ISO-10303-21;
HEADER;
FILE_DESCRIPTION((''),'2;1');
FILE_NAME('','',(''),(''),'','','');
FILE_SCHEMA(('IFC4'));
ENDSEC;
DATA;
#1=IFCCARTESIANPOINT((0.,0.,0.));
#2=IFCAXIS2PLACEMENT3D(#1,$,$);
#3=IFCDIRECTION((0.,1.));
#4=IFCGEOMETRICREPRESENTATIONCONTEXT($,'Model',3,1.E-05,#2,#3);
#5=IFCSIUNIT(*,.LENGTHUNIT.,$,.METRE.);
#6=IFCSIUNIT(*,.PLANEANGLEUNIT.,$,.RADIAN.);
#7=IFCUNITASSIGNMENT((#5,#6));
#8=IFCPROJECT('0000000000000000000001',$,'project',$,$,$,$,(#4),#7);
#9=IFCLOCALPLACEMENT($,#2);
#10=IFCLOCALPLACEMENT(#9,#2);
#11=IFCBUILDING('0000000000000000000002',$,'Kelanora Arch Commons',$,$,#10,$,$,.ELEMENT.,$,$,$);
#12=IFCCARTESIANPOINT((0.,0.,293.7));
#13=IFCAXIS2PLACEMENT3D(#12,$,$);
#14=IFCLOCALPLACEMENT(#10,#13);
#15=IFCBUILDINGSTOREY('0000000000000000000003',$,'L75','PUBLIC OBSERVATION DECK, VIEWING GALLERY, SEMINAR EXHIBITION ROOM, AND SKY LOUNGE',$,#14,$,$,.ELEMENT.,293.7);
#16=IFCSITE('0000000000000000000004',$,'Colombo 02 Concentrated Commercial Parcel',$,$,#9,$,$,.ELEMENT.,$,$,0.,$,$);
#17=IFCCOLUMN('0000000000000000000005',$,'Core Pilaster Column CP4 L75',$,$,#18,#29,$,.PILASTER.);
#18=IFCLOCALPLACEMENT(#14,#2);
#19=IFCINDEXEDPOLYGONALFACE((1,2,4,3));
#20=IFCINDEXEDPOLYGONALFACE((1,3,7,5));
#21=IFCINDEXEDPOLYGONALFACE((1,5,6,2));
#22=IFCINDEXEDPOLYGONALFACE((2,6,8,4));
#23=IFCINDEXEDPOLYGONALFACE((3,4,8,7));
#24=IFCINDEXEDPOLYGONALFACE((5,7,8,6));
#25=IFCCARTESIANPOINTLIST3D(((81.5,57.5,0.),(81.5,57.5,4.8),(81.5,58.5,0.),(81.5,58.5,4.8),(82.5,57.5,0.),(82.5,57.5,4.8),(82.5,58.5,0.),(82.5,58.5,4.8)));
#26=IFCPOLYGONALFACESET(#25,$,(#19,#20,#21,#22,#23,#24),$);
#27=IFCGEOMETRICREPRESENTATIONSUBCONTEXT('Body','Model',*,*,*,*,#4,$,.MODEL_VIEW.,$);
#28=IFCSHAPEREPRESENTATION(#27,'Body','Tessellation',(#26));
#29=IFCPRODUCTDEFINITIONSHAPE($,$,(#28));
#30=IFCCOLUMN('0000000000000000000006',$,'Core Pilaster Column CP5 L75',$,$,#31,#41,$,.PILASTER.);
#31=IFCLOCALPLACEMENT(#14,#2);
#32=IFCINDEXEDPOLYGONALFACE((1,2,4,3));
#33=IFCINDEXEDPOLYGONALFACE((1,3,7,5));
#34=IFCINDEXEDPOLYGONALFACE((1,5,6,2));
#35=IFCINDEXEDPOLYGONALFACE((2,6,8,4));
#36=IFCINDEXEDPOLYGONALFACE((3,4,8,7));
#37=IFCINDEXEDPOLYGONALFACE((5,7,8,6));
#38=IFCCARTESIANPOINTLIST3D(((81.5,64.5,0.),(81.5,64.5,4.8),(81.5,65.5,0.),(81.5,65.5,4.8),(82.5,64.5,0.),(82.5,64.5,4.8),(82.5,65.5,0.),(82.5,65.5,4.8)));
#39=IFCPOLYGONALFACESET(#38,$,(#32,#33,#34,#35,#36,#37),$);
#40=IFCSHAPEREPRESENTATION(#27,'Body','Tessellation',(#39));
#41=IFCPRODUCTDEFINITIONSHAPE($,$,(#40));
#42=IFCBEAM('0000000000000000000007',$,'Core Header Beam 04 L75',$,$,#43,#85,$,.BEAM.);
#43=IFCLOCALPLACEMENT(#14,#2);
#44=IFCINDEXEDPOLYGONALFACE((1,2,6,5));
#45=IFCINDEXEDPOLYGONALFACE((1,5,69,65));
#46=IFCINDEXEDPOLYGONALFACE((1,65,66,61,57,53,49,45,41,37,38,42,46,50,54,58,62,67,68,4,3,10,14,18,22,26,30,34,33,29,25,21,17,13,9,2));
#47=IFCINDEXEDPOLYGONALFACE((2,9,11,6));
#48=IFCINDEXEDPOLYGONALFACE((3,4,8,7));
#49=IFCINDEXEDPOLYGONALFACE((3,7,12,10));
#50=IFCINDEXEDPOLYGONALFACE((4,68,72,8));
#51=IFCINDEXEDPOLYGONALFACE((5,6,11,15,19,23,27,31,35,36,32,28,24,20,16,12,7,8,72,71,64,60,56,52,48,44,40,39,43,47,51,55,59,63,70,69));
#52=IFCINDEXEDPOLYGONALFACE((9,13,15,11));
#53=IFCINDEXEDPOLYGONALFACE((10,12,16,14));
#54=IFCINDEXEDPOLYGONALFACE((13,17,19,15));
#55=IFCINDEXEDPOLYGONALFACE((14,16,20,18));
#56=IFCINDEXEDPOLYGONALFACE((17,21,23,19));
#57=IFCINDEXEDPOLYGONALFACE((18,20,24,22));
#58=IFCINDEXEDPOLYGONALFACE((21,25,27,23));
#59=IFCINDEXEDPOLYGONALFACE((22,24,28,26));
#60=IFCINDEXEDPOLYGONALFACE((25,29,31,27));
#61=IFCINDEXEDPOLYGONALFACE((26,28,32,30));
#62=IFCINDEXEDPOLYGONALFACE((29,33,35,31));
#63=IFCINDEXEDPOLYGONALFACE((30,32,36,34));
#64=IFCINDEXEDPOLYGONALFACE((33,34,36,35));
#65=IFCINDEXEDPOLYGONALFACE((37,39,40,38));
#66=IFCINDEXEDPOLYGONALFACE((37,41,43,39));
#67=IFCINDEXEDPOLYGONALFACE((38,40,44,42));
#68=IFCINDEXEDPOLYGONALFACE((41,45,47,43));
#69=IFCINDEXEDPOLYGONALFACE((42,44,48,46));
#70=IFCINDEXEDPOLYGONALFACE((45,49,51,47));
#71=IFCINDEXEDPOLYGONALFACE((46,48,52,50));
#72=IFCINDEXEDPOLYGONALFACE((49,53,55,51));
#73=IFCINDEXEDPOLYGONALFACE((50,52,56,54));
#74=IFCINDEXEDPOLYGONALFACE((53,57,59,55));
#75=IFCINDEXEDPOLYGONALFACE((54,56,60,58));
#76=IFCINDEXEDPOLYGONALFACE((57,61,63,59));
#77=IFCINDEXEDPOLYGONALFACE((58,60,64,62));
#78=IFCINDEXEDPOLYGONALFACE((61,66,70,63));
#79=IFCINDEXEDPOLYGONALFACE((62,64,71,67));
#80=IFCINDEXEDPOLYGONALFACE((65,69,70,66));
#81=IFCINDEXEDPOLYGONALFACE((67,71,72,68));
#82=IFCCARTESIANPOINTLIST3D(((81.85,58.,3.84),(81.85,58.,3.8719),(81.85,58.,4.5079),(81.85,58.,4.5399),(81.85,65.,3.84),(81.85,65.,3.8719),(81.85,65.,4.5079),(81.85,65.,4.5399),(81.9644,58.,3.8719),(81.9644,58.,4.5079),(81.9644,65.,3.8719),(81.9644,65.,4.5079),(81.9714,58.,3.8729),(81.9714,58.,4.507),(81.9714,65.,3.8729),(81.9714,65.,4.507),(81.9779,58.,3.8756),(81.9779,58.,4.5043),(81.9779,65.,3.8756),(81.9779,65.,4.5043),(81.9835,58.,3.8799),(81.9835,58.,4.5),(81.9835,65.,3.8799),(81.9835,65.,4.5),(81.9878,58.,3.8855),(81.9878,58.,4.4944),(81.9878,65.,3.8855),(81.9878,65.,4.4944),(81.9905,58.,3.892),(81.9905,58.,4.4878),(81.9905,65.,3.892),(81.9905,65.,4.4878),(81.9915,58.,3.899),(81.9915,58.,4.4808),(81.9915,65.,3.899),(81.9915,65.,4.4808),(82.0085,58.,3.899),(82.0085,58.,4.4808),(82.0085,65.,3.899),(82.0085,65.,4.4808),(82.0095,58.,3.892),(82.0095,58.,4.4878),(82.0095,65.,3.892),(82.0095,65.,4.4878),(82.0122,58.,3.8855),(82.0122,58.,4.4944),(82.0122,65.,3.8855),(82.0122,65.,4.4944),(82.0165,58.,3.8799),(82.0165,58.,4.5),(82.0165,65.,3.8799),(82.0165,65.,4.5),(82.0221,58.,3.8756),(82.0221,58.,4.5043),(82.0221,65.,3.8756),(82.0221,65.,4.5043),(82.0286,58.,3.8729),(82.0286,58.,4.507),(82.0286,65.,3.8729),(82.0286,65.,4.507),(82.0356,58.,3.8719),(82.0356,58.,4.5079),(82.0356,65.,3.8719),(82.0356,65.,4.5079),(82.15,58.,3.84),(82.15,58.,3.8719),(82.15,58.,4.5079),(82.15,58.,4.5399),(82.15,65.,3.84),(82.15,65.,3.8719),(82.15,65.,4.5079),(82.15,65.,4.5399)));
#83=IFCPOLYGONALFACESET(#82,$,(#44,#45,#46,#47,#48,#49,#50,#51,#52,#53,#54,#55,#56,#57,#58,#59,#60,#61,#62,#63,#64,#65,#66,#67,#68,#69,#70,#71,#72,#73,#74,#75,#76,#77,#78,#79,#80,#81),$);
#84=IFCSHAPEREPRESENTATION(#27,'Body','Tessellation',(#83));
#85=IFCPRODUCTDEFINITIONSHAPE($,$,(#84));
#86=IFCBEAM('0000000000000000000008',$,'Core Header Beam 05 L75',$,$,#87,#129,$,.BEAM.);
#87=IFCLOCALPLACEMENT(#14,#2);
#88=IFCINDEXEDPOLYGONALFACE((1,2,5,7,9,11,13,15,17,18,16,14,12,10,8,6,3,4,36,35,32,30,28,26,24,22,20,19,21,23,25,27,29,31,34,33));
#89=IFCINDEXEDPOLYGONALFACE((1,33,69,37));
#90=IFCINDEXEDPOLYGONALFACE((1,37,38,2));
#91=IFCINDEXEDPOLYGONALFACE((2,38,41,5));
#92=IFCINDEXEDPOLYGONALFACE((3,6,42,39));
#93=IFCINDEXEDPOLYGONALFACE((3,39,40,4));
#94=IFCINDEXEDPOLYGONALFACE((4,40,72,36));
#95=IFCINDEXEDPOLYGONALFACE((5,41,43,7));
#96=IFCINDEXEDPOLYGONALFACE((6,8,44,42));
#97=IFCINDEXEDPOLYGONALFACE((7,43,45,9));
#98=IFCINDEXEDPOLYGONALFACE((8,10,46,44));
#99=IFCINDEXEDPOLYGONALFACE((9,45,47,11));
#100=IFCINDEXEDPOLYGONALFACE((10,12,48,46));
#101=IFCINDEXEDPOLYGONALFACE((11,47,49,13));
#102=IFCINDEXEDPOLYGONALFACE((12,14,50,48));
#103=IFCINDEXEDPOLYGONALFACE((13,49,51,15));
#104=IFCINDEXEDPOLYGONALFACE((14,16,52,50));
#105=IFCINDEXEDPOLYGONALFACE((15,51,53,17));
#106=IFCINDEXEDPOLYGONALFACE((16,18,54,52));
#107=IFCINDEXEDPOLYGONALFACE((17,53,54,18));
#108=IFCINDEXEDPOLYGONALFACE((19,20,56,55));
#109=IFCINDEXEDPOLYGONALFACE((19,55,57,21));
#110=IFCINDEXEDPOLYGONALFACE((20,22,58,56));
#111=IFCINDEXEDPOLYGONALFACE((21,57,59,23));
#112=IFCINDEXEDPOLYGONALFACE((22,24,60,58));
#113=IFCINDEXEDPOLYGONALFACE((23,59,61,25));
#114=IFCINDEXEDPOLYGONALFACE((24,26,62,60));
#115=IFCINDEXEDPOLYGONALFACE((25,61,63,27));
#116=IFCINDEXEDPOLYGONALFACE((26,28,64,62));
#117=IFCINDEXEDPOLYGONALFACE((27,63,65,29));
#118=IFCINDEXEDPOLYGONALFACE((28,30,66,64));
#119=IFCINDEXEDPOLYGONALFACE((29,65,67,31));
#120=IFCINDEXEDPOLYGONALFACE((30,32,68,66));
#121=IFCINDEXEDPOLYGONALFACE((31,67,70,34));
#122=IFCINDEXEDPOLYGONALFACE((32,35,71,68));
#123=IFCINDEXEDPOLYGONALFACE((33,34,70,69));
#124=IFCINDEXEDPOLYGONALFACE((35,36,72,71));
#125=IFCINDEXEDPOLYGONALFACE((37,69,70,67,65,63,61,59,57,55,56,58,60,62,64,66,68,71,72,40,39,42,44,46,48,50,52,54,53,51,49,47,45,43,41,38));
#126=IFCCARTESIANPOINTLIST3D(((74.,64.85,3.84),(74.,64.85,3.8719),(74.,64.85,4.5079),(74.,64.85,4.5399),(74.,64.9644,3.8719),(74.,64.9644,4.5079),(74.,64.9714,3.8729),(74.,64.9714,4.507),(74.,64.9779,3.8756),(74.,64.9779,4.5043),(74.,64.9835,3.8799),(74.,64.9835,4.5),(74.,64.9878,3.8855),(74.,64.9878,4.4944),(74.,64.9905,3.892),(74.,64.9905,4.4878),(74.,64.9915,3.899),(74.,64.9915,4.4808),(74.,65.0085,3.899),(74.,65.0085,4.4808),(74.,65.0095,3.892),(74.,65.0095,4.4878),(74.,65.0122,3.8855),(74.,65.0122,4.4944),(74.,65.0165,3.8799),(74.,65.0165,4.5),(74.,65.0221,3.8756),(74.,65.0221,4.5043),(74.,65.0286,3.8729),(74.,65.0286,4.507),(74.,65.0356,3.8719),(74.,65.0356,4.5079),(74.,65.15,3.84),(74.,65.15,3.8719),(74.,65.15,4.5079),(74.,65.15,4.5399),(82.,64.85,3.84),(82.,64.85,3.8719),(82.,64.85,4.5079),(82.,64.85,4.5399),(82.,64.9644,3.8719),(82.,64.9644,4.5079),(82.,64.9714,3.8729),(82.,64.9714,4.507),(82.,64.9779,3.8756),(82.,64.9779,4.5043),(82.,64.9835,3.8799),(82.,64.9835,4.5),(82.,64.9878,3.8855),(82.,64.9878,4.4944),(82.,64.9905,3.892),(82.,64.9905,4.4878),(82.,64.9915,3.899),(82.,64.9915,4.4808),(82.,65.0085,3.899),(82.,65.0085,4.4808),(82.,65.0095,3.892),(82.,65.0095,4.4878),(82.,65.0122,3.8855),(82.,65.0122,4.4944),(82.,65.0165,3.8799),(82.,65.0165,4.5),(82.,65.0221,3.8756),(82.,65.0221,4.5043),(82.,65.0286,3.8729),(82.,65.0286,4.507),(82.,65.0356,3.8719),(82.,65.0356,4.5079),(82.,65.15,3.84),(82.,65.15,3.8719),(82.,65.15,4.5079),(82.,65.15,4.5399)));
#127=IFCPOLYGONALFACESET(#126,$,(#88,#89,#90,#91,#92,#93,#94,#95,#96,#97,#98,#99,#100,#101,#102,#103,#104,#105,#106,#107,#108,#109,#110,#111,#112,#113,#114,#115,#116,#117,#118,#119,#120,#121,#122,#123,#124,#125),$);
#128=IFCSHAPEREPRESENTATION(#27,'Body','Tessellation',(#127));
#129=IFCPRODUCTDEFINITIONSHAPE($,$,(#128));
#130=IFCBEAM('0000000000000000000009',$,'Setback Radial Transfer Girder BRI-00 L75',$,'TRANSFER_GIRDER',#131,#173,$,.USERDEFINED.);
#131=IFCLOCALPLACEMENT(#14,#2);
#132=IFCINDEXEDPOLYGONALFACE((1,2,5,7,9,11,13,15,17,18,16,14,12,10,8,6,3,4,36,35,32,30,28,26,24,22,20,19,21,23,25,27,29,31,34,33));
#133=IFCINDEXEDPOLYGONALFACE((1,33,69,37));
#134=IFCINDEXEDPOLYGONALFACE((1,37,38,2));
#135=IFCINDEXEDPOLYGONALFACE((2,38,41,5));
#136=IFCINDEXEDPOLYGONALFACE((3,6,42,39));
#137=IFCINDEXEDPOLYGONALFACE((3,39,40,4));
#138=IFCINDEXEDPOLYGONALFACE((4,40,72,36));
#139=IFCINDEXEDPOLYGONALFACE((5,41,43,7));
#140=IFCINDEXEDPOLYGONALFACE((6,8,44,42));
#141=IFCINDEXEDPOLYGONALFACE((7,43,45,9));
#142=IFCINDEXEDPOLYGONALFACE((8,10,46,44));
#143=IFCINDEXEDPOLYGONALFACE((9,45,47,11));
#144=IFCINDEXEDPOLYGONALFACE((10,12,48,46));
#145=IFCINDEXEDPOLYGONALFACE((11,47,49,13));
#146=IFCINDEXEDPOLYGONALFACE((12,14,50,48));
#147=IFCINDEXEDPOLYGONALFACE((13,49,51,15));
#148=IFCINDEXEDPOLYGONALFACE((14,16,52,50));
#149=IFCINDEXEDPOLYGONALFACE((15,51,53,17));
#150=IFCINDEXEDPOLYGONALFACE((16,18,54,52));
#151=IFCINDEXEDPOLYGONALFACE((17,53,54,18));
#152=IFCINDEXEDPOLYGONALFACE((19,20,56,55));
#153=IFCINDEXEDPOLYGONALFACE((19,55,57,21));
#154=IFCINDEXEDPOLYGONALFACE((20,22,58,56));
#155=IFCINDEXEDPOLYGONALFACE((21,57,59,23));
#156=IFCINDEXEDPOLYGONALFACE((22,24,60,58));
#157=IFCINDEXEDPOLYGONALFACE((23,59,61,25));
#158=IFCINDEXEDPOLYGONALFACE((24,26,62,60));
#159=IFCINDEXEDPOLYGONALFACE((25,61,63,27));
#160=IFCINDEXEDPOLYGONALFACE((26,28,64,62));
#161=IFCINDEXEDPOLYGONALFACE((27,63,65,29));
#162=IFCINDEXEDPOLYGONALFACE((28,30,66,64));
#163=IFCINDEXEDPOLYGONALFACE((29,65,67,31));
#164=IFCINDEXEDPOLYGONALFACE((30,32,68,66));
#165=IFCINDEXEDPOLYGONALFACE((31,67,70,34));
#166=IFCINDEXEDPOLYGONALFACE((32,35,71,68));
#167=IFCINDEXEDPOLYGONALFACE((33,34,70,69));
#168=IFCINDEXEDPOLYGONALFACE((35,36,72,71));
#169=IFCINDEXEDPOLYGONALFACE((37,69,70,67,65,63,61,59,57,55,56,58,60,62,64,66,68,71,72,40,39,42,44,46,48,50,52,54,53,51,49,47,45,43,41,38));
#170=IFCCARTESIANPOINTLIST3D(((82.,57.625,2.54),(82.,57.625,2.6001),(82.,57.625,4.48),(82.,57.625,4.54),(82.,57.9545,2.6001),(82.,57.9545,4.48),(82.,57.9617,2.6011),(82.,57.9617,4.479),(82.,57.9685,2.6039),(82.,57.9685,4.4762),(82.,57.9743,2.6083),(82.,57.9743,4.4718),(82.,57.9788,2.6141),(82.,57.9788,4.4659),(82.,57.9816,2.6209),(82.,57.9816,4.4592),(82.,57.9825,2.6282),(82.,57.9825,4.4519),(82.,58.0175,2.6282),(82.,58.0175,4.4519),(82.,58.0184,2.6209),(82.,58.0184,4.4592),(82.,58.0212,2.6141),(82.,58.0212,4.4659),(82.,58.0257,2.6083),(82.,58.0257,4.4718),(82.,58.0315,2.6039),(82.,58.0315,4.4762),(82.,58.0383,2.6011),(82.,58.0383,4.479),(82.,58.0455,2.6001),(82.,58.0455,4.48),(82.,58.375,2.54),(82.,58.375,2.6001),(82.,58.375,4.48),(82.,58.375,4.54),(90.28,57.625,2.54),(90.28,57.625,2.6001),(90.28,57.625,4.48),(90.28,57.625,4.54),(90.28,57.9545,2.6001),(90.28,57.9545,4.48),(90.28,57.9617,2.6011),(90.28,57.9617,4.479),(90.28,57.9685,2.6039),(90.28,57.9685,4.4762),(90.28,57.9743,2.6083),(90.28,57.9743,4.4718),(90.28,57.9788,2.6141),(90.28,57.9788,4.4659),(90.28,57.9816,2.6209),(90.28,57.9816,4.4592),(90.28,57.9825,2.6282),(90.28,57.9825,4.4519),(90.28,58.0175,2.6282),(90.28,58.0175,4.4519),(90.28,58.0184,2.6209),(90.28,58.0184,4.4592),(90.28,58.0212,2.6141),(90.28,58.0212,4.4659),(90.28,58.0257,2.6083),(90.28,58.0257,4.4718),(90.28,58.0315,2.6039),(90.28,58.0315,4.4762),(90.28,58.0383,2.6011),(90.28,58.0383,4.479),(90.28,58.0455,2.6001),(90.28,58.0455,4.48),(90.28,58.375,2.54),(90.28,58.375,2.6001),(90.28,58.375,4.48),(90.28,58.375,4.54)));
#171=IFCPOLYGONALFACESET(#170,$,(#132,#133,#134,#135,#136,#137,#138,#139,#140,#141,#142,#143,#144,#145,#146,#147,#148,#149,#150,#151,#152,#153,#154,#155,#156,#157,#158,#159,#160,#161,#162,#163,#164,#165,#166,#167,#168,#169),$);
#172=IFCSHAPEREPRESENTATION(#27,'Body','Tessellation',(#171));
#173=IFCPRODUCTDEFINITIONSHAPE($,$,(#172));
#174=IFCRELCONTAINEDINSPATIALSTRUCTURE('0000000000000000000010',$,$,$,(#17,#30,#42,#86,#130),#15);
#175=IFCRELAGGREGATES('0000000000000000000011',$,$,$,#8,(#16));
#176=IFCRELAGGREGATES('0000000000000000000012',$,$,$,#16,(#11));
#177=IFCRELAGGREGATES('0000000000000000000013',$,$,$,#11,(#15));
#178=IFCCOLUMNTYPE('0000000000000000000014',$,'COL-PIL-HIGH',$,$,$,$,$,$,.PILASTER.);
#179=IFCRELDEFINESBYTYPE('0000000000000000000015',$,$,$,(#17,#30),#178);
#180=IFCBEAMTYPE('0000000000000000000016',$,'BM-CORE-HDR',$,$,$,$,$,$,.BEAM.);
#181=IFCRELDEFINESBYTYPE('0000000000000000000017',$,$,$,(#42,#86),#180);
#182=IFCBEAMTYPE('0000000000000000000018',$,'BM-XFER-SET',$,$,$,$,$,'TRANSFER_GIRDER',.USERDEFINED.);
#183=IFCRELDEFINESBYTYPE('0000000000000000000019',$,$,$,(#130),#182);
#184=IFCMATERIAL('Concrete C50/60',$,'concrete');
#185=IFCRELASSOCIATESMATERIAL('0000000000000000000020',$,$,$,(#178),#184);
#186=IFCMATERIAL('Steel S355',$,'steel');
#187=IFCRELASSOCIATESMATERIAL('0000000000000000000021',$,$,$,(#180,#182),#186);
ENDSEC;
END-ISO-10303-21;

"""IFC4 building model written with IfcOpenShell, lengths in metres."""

from ifc_helpers import new_model, si_unit, direction, frame, origin, origin_2d, place, context, subcontext, project, spatial, rectangle, i_section, extrude, material, material_profile, profile_set, type_object, element, save


model = new_model("IFC4")

# Units and contexts
model_context = context("Model", 3, precision=1e-05, world=origin(), true_north=direction((0.0, 1.0)))
body_context = subcontext(model_context, "Body", "Model", "MODEL_VIEW")
ifc_project = project(units=[si_unit("LENGTHUNIT", "METRE"), si_unit("PLANEANGLEUNIT", "RADIAN")], contexts=[model_context])

# Site, building, storey
site_placement = place(None, origin())
site = spatial("IfcSite", under=ifc_project, at=site_placement, Name="Colombo 02 Concentrated Commercial Parcel", CompositionType="ELEMENT", RefElevation=0.0)
building_placement = place(site_placement, origin())
building = spatial("IfcBuilding", under=site, at=building_placement, Name="Kelanora Arch Commons", CompositionType="ELEMENT")
storey_placement = place(building_placement, frame((0.0, 0.0, 293.7)))
storey = spatial("IfcBuildingStorey", under=building, at=storey_placement, Name="L75", Description="PUBLIC OBSERVATION DECK, VIEWING GALLERY, SEMINAR EXHIBITION ROOM, AND SKY LOUNGE", CompositionType="ELEMENT", Elevation=293.7)

# Columns
ifc_material_1 = material(Name="Concrete C50/60", Category="concrete")
ifc_material_profile_1 = material_profile(ifc_material_1, rectangle(XDim=1.0, YDim=1.0, at=origin_2d()), Name="RC1000x1000")
ifc_profile_set_1 = profile_set([ifc_material_profile_1], Name="Concrete C50/60")
column_type = type_object("IfcColumnType", Name="COL-PIL-HIGH", PredefinedType="PILASTER", material=ifc_profile_set_1)
for number, where, z_axis, x_axis, name in (
    (1, (82.0, 58.0, 0.0), (0.0, 0.0, 1.0), (1.0, 0.0, 0.0), "Core Pilaster Column CP4 L75"),
    (2, (82.0, 65.0, 0.0), (0.0, 0.0, 1.0), (1.0, 0.0, 0.0), "Core Pilaster Column CP5 L75"),
):
    element("IfcColumn", number, at=place(storey_placement, frame(where, z_axis=z_axis, x_axis=x_axis)), inside=storey, type_object=column_type, Name=name, PredefinedType="PILASTER", context=body_context, shape_type="SweptSolid", body=[
        extrude(rectangle(XDim=1.0, YDim=1.0, at=origin_2d()), origin(), (0.0, 0.0, 1.0), 4.8),
    ])

# Beams
ifc_material_2 = material(Name="Steel S355", Category="steel")
ifc_material_profile_2 = material_profile(ifc_material_2, i_section(OverallWidth=0.3, OverallDepth=0.7, WebThickness=0.0171, FlangeThickness=0.032, FilletRadius=0.0271, at=origin_2d()), Name="HEB700")
ifc_profile_set_2 = profile_set([ifc_material_profile_2], Name="Steel S355")
beam_type_1 = type_object("IfcBeamType", Name="BM-CORE-HDR", PredefinedType="BEAM", material=ifc_profile_set_2)
beam_1_placement = place(storey_placement, frame((82.0, 58.0, 4.1899), z_axis=(0.0, 1.0, 0.0), x_axis=(-1.0, 0.0, 0.0)))
element("IfcBeam", 3, at=beam_1_placement, inside=storey, type_object=beam_type_1, Name="Core Header Beam 04 L75", PredefinedType="BEAM", context=body_context, shape_type="SweptSolid", body=[
    extrude(i_section(OverallWidth=0.3, OverallDepth=0.7, WebThickness=0.0171, FlangeThickness=0.032, FilletRadius=0.0271, at=origin_2d()), origin(), (0.0, 0.0, 1.0), 7.0),
])
beam_2_placement = place(storey_placement, frame((82.0, 65.0, 4.1899), z_axis=(-1.0, 0.0, 0.0), x_axis=(0.0, -1.0, 0.0)))
element("IfcBeam", 4, at=beam_2_placement, inside=storey, type_object=beam_type_1, Name="Core Header Beam 05 L75", PredefinedType="BEAM", context=body_context, shape_type="SweptSolid", body=[
    extrude(i_section(OverallWidth=0.3, OverallDepth=0.7, WebThickness=0.0171, FlangeThickness=0.032, FilletRadius=0.0271, at=origin_2d()), origin(), (0.0, 0.0, 1.0), 8.0),
])
ifc_material_profile_3 = material_profile(ifc_material_2, i_section(OverallWidth=0.75, OverallDepth=2.0, WebThickness=0.0349, FlangeThickness=0.0601, FilletRadius=0.0281, at=origin_2d()), Name="PG2000x750")
ifc_profile_set_3 = profile_set([ifc_material_profile_3], Name="Steel S355")
beam_type_2 = type_object("IfcBeamType", Name="BM-XFER-SET", ElementType="TRANSFER_GIRDER", PredefinedType="USERDEFINED", material=ifc_profile_set_3)
beam_3_placement = place(storey_placement, frame((82.0, 58.0, 3.54), z_axis=(1.0, 0.0, 0.0), x_axis=(0.0, 1.0, 0.0)))
element("IfcBeam", 5, at=beam_3_placement, inside=storey, type_object=beam_type_2, Name="Setback Radial Transfer Girder BRI-00 L75", ObjectType="TRANSFER_GIRDER", PredefinedType="USERDEFINED", context=body_context, shape_type="SweptSolid", body=[
    extrude(i_section(OverallWidth=0.75, OverallDepth=2.0, WebThickness=0.0349, FlangeThickness=0.0601, FilletRadius=0.0281, at=origin_2d()), origin(), (0.0, 0.0, 1.0), 8.28),
])

save(model, "model.ifc")
